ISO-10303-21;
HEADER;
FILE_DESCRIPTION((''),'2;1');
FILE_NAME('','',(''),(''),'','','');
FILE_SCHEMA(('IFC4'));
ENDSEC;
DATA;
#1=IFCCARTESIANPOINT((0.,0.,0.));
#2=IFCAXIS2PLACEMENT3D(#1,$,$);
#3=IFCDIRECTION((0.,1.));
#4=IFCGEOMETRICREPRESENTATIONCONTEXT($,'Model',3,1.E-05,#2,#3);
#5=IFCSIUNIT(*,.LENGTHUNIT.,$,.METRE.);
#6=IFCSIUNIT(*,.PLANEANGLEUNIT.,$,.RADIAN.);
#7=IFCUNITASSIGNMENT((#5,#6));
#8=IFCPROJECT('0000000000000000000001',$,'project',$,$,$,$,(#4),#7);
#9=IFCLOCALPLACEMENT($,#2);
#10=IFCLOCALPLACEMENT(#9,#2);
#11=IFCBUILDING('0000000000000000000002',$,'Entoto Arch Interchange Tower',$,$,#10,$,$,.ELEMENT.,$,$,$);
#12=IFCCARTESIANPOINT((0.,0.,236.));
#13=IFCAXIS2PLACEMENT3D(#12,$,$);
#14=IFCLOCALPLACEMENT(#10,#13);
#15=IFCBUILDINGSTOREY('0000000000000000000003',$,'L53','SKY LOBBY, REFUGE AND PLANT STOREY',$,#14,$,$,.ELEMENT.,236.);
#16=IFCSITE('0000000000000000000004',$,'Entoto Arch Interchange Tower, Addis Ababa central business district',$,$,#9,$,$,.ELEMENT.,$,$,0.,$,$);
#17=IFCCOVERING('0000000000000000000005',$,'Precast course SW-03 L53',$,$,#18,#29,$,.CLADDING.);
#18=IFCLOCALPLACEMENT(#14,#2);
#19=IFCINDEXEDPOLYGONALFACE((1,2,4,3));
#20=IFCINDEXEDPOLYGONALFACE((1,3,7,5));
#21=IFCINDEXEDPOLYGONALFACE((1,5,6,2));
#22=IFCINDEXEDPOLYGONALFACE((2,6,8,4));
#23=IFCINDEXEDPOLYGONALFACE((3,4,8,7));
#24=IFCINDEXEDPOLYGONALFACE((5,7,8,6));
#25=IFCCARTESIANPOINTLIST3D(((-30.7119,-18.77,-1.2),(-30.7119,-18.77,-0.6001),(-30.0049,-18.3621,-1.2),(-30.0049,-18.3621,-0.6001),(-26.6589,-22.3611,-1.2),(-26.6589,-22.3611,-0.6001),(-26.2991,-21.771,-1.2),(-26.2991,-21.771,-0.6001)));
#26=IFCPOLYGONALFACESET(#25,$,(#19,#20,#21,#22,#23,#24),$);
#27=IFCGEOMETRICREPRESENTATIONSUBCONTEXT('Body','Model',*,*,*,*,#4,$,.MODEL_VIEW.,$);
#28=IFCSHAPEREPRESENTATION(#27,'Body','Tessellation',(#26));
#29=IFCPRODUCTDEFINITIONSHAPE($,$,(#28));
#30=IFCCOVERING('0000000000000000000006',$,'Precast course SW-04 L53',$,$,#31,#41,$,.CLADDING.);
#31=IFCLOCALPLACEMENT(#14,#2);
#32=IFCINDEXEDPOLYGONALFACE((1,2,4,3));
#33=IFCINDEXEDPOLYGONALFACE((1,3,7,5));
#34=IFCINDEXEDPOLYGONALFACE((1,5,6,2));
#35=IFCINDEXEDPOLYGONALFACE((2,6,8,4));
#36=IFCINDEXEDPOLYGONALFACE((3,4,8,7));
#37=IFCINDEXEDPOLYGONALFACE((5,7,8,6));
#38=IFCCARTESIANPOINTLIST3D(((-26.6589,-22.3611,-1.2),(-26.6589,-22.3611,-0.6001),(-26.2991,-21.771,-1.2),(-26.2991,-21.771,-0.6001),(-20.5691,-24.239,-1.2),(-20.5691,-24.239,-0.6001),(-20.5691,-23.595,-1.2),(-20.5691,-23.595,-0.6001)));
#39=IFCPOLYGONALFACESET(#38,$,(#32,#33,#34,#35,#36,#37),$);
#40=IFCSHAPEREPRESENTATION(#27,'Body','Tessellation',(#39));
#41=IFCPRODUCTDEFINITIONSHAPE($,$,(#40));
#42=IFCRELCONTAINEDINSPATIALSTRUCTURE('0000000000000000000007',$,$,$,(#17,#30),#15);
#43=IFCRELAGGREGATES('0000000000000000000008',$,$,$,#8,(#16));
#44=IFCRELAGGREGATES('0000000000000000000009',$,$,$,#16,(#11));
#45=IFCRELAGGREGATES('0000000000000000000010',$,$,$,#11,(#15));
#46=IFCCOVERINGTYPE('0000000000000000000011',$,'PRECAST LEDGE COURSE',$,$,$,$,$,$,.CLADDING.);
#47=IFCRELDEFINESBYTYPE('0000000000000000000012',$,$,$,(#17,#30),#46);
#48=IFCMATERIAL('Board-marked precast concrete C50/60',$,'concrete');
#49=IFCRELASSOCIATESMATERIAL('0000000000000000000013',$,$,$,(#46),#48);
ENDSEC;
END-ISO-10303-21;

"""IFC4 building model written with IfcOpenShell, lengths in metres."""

from ifc_helpers import new_model, si_unit, direction, frame, origin, place, context, subcontext, project, spatial, polyline, outline, extrude, material, type_object, element, save


model = new_model("IFC4")

# Units and contexts
model_context = context("Model", 3, precision=1e-05, world=origin(), true_north=direction((0.0, 1.0)))
body_context = subcontext(model_context, "Body", "Model", "MODEL_VIEW")
ifc_project = project(units=[si_unit("LENGTHUNIT", "METRE"), si_unit("PLANEANGLEUNIT", "RADIAN")], contexts=[model_context])

# Site, building, storey
site_placement = place(None, origin())
site = spatial("IfcSite", under=ifc_project, at=site_placement, Name="Entoto Arch Interchange Tower, Addis Ababa central business district", CompositionType="ELEMENT", RefElevation=0.0)
building_placement = place(site_placement, origin())
building = spatial("IfcBuilding", under=site, at=building_placement, Name="Entoto Arch Interchange Tower", CompositionType="ELEMENT")
storey_placement = place(building_placement, frame((0.0, 0.0, 236.0)))
storey = spatial("IfcBuildingStorey", under=building, at=storey_placement, Name="L53", Description="SKY LOBBY, REFUGE AND PLANT STOREY", CompositionType="ELEMENT", Elevation=236.0)

# Coverings
ifc_material = material(Name="Board-marked precast concrete C50/60", Category="concrete")
covering_type_1 = type_object("IfcCoveringType", Name="PRECAST LEDGE COURSE", PredefinedType="CLADDING", material=ifc_material)
covering_1_placement = place(storey_placement, frame((0.0, 0.0, -1.2)))
element("IfcCovering", 1, at=covering_1_placement, inside=storey, type_object=covering_type_1, Name="Precast course SW-03 L53", PredefinedType="CLADDING", context=body_context, shape_type="SweptSolid", body=[
    extrude(outline(polyline([(-26.2991, -21.771), (-26.6589, -22.3611), (-30.7119, -18.77), (-30.0049, -18.3621), (-26.2991, -21.771)])), origin(), (0.0, 0.0, 1.0), 0.5999),
])
covering_2_placement = place(storey_placement, frame((0.0, 0.0, -1.2)))
element("IfcCovering", 2, at=covering_2_placement, inside=storey, type_object=covering_type_1, Name="Precast course SW-04 L53", PredefinedType="CLADDING", context=body_context, shape_type="SweptSolid", body=[
    extrude(outline(polyline([(-20.5691, -23.595), (-20.5691, -24.239), (-26.6589, -22.3611), (-26.2991, -21.771), (-20.5691, -23.595)])), origin(), (0.0, 0.0, 1.0), 0.5999),
])

save(model, "model.ifc")
